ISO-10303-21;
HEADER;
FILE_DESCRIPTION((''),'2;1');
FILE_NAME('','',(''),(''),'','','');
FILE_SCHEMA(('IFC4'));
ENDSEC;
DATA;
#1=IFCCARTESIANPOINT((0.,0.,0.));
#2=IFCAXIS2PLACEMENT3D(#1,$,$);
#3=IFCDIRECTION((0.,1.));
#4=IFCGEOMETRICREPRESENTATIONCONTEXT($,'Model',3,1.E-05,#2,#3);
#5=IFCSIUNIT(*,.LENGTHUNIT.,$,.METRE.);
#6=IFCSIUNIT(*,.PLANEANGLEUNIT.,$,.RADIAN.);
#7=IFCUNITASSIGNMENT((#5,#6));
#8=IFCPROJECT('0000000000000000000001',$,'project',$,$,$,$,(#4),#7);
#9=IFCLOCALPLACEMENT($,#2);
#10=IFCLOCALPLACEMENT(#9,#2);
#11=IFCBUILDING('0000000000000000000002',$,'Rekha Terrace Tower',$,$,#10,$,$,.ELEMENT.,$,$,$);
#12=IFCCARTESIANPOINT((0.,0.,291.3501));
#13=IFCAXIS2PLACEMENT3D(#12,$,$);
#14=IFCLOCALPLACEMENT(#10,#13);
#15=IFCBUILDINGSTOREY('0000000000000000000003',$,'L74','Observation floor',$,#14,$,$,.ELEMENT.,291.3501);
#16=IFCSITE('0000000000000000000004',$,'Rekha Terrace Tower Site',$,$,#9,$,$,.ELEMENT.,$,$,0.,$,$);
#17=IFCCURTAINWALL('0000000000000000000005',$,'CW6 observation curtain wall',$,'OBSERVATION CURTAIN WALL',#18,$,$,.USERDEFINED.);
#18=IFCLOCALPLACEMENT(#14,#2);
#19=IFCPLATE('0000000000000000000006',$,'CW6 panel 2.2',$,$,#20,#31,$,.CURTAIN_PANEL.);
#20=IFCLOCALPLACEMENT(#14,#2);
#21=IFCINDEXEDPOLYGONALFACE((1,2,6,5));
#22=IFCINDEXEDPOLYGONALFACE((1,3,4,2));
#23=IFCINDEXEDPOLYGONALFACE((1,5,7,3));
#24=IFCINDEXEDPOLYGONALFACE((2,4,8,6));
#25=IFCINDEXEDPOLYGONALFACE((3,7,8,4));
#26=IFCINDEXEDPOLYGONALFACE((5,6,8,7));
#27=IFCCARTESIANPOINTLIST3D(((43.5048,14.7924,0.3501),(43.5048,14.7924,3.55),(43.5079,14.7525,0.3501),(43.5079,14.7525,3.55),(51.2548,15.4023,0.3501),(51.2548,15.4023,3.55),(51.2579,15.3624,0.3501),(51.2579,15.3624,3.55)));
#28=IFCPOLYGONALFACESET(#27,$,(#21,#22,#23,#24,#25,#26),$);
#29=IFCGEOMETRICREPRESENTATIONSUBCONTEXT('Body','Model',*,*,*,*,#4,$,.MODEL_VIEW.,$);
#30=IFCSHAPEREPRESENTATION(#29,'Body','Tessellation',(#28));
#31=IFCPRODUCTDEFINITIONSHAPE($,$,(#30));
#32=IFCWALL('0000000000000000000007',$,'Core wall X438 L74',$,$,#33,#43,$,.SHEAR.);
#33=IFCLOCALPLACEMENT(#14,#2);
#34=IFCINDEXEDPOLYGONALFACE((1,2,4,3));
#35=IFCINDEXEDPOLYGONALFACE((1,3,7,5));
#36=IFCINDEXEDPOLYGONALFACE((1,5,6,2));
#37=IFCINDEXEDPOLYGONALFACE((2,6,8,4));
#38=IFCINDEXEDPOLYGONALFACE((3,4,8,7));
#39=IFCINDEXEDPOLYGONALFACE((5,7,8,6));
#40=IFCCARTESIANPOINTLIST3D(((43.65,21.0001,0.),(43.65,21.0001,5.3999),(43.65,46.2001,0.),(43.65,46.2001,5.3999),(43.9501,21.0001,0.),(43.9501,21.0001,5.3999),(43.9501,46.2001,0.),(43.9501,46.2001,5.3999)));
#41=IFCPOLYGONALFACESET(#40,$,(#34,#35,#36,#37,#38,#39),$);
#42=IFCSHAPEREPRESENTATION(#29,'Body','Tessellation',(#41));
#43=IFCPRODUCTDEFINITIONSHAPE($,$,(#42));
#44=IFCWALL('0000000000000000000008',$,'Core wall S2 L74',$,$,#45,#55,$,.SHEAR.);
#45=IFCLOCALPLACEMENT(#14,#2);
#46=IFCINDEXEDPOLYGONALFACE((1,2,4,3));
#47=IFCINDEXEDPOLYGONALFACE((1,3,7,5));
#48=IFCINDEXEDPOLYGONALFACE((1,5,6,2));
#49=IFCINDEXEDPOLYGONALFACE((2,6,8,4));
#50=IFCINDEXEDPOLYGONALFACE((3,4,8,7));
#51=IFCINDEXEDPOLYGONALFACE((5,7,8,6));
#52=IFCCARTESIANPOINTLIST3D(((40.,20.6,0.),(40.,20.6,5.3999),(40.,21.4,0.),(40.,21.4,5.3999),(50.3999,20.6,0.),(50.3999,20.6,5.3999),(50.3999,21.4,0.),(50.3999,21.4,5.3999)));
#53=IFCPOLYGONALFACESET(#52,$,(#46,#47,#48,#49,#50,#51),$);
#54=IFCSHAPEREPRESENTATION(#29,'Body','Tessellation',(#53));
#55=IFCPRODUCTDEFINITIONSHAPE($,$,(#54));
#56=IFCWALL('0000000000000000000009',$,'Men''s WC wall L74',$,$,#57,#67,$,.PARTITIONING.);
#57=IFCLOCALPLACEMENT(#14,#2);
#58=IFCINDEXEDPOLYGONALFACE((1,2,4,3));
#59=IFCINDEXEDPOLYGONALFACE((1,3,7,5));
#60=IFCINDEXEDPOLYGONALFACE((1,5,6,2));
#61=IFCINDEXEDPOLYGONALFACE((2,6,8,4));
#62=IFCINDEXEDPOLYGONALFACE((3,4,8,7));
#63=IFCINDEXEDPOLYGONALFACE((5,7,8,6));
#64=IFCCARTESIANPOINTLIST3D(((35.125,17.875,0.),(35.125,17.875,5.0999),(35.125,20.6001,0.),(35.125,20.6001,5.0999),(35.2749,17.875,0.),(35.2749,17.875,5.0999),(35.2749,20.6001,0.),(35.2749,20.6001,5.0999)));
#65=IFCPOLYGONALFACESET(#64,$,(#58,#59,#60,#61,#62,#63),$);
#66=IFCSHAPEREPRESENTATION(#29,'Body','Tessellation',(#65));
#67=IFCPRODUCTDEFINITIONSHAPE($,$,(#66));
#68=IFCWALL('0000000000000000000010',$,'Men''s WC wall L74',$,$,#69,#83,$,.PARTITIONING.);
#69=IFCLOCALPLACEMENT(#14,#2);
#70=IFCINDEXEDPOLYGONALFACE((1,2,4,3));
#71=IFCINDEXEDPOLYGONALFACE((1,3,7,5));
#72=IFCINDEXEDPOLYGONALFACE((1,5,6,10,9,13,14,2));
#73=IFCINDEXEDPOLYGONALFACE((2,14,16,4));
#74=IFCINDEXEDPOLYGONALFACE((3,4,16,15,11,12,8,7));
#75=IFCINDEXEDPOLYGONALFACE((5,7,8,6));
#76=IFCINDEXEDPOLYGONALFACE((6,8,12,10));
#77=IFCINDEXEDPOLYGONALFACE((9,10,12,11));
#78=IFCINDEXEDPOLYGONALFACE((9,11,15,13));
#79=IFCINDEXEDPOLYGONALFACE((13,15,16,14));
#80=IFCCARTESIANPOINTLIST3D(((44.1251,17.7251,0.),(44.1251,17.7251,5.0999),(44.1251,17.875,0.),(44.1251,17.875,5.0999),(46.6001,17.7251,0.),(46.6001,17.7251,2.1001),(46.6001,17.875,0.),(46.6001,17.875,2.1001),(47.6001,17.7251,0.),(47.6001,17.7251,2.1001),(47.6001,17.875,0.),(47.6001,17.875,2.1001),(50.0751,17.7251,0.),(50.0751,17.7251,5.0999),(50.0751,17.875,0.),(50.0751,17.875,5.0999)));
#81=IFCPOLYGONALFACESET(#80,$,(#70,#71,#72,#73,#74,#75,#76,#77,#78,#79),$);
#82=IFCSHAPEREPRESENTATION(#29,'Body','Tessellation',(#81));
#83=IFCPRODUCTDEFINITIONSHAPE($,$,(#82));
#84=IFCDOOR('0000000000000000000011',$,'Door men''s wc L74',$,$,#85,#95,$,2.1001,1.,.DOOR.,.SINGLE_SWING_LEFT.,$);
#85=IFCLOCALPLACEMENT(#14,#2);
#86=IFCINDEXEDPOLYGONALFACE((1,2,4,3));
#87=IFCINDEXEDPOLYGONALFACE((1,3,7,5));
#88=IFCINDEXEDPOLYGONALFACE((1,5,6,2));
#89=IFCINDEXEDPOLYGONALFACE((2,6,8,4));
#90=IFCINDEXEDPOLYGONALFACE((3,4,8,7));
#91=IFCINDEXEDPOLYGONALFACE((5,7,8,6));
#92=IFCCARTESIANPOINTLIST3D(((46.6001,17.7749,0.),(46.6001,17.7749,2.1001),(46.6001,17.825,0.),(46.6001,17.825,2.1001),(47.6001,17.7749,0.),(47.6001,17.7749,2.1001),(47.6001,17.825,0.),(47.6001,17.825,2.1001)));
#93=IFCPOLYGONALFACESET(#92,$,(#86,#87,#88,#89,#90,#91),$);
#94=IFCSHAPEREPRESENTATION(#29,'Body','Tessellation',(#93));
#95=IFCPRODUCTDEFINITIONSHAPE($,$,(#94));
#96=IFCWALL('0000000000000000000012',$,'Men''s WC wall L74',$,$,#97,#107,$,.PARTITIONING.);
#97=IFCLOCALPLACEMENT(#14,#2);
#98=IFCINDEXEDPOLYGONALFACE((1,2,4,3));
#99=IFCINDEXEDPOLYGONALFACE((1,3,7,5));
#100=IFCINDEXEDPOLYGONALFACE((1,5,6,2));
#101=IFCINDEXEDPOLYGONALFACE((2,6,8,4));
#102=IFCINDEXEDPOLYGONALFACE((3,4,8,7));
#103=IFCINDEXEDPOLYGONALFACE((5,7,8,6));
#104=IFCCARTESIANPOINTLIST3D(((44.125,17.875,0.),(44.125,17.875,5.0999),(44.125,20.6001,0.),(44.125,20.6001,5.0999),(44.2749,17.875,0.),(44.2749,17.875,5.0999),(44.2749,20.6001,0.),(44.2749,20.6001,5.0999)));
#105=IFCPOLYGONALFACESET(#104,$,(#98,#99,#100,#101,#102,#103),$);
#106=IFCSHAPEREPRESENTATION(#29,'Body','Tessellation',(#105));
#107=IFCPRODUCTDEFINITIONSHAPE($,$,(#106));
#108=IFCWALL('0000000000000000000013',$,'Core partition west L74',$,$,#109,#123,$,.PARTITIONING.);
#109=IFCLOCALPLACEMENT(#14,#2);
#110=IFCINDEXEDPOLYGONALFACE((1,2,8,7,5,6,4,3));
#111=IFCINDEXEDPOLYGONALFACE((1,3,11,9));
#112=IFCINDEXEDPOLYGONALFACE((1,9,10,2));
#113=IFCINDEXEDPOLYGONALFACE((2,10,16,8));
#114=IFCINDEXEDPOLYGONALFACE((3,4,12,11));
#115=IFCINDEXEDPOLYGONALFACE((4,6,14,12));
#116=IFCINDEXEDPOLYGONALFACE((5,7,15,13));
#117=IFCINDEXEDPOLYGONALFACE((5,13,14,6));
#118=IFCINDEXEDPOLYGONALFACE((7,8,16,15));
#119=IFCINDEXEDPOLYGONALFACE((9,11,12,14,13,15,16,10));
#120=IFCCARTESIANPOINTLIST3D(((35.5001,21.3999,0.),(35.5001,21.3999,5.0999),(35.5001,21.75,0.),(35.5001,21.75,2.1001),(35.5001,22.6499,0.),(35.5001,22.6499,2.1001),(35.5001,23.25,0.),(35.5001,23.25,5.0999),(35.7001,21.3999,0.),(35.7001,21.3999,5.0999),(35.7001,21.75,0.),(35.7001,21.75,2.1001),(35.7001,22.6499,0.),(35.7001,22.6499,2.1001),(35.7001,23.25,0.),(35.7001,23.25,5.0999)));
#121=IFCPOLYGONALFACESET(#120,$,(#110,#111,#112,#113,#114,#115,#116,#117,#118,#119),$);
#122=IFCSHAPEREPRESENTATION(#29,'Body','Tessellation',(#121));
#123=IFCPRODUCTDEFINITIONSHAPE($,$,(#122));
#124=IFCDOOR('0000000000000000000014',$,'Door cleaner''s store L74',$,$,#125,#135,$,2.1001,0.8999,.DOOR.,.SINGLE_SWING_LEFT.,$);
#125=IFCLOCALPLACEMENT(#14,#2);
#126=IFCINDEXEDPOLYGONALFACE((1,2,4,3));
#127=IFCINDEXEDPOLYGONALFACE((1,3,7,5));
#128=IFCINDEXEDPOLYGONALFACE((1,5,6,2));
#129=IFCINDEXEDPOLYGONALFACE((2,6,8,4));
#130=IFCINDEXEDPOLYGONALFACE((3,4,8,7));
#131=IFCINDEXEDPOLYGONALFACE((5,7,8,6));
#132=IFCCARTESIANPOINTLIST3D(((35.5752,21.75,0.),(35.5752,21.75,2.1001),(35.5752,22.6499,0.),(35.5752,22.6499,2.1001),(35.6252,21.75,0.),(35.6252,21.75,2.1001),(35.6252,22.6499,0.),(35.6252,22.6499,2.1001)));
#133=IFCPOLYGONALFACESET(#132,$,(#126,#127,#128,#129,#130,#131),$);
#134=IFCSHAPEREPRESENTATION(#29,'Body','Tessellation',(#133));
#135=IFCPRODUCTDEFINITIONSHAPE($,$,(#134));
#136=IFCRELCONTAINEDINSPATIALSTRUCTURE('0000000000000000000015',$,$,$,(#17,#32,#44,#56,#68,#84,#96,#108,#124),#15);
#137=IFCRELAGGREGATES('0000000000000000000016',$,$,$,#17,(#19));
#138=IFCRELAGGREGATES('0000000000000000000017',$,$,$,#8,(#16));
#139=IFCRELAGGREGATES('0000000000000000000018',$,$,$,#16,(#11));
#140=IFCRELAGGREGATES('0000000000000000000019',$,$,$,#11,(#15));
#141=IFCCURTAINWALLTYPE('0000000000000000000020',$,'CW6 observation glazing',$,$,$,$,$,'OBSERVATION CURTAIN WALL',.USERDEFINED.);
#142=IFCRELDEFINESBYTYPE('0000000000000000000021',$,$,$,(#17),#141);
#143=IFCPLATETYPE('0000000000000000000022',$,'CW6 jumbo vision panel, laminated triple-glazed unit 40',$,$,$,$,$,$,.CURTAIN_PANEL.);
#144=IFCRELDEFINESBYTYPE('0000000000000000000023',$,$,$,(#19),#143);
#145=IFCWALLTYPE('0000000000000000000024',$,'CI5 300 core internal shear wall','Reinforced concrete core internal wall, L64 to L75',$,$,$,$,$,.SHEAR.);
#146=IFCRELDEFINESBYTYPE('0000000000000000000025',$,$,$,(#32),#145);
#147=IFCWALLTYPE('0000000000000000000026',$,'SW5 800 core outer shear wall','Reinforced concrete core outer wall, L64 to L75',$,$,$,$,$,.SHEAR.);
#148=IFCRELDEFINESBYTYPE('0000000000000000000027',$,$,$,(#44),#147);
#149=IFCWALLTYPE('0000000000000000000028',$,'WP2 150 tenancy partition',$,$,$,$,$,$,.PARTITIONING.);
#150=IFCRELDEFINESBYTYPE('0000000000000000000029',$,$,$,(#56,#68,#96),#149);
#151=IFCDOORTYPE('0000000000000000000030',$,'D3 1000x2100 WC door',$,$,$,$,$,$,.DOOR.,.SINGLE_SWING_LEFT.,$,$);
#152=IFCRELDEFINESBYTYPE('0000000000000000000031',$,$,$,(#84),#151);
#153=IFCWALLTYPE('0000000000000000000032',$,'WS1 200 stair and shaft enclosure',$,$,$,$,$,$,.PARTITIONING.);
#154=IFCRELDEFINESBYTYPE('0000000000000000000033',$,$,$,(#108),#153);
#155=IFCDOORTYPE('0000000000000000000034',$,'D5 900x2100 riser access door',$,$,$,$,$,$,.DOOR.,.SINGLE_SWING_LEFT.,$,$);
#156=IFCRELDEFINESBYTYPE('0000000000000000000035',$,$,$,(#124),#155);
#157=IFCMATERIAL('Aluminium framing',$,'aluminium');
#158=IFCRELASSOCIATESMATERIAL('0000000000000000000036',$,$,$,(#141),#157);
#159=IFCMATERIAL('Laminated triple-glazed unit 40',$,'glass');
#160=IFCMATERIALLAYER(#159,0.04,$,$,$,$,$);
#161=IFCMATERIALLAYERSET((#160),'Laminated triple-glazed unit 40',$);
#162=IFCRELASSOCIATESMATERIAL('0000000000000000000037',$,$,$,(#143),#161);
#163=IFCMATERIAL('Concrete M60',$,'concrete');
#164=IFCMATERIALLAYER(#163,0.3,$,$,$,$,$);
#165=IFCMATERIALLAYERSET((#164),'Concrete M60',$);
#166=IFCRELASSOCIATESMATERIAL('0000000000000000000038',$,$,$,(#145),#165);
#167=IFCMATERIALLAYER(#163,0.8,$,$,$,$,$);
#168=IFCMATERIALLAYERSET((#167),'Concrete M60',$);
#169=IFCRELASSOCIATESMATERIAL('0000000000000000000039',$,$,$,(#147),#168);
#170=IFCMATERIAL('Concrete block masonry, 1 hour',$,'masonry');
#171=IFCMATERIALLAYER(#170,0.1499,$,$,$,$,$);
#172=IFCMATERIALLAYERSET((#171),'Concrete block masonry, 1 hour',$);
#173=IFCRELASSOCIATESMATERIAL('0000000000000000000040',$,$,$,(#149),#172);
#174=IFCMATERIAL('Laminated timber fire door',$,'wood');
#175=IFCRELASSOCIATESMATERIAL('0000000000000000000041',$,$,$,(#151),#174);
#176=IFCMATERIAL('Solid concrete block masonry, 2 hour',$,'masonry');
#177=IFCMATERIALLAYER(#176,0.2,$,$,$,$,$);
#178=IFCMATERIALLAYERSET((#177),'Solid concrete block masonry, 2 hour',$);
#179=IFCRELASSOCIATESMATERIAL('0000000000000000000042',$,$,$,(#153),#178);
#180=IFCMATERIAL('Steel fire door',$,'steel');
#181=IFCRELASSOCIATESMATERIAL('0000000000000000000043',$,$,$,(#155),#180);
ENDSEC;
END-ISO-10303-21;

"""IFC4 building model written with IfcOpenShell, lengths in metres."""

from ifc_helpers import new_model, si_unit, direction, frame, frame_2d, origin, origin_2d, place, context, subcontext, project, spatial, rectangle, extrude, material, layer, layer_set, type_object, element, fill, aggregate, save


model = new_model("IFC4")

# Units and contexts
model_context = context("Model", 3, precision=1e-05, world=origin(), true_north=direction((0.0, 1.0)))
body_context = subcontext(model_context, "Body", "Model", "MODEL_VIEW")
ifc_project = project(units=[si_unit("LENGTHUNIT", "METRE"), si_unit("PLANEANGLEUNIT", "RADIAN")], contexts=[model_context])

# Site, building, storey
site_placement = place(None, origin())
site = spatial("IfcSite", under=ifc_project, at=site_placement, Name="Rekha Terrace Tower Site", CompositionType="ELEMENT", RefElevation=0.0)
building_placement = place(site_placement, origin())
building = spatial("IfcBuilding", under=site, at=building_placement, Name="Rekha Terrace Tower", CompositionType="ELEMENT")
storey_placement = place(building_placement, frame((0.0, 0.0, 291.3501)))
storey = spatial("IfcBuildingStorey", under=building, at=storey_placement, Name="L74", Description="Observation floor", CompositionType="ELEMENT", Elevation=291.3501)

# Curtain wall
ifc_material_1 = material(Name="Aluminium framing", Category="aluminium")
curtain_wall_type = type_object("IfcCurtainWallType", Name="CW6 observation glazing", ElementType="OBSERVATION CURTAIN WALL", PredefinedType="USERDEFINED", material=ifc_material_1)
curtain_wall_placement = place(storey_placement, origin())
curtain_wall = element("IfcCurtainWall", 1, at=curtain_wall_placement, inside=storey, type_object=curtain_wall_type, Name="CW6 observation curtain wall", ObjectType="OBSERVATION CURTAIN WALL", PredefinedType="USERDEFINED")

# Shared definitions
ifc_material_2 = material(Name="Concrete M60", Category="concrete")

# Plate
ifc_material_3 = material(Name="Laminated triple-glazed unit 40", Category="glass")
ifc_layer_1 = layer(ifc_material_3, 0.04)
ifc_layer_set_1 = layer_set([ifc_layer_1], Name="Laminated triple-glazed unit 40")
plate_type = type_object("IfcPlateType", Name="CW6 jumbo vision panel, laminated triple-glazed unit 40", PredefinedType="CURTAIN_PANEL", material=ifc_layer_set_1)
plate_1_placement = place(storey_placement, frame((47.3813, 15.0774, 0.3501), z_axis=(0.0, 0.0, 1.0), x_axis=(0.996918, 0.078449, 0.0)))
plate_1 = element("IfcPlate", 2, at=plate_1_placement, type_object=plate_type, Name="CW6 panel 2.2", PredefinedType="CURTAIN_PANEL", context=body_context, shape_type="SweptSolid", body=[
    extrude(rectangle(XDim=7.7739, YDim=0.04, at=origin_2d()), origin(), (0.0, 0.0, 1.0), 3.2),
])
aggregate(curtain_wall, [plate_1])

# Walls
ifc_layer_2 = layer(ifc_material_2, 0.3)
ifc_layer_set_2 = layer_set([ifc_layer_2], Name="Concrete M60")
wall_type_1 = type_object("IfcWallType", Name="CI5 300 core internal shear wall", Description="Reinforced concrete core internal wall, L64 to L75", PredefinedType="SHEAR", material=ifc_layer_set_2)
wall_1_placement = place(storey_placement, frame((43.8, 21.0, 0.0), z_axis=(0.0, 0.0, 1.0), x_axis=(0.0, 1.0, 0.0)))
element("IfcWall", 3, at=wall_1_placement, inside=storey, type_object=wall_type_1, Name="Core wall X438 L74", PredefinedType="SHEAR", context=body_context, shape_type="SweptSolid", body=[
    extrude(rectangle(XDim=25.2, YDim=0.3, at=frame_2d((12.6001, 0.0))), origin(), (0.0, 0.0, 1.0), 5.3999),
])
ifc_layer_3 = layer(ifc_material_2, 0.8)
ifc_layer_set_3 = layer_set([ifc_layer_3], Name="Concrete M60")
wall_type_2 = type_object("IfcWallType", Name="SW5 800 core outer shear wall", Description="Reinforced concrete core outer wall, L64 to L75", PredefinedType="SHEAR", material=ifc_layer_set_3)
wall_2_placement = place(storey_placement, frame((40.0, 21.0, 0.0), z_axis=(0.0, 0.0, 1.0), x_axis=(1.0, 0.0, 0.0)))
element("IfcWall", 4, at=wall_2_placement, inside=storey, type_object=wall_type_2, Name="Core wall S2 L74", PredefinedType="SHEAR", context=body_context, shape_type="SweptSolid", body=[
    extrude(rectangle(XDim=10.3999, YDim=0.8, at=frame_2d((5.2, 0.0))), origin(), (0.0, 0.0, 1.0), 5.3999),
])
ifc_material_4 = material(Name="Concrete block masonry, 1 hour", Category="masonry")
ifc_layer_4 = layer(ifc_material_4, 0.1499)
ifc_layer_set_4 = layer_set([ifc_layer_4], Name="Concrete block masonry, 1 hour")
wall_type_3 = type_object("IfcWallType", Name="WP2 150 tenancy partition", PredefinedType="PARTITIONING", material=ifc_layer_set_4)
wall_3_placement = place(storey_placement, frame((35.2, 17.875, 0.0), z_axis=(0.0, 0.0, 1.0), x_axis=(0.0, 1.0, 0.0)))
element("IfcWall", 5, at=wall_3_placement, inside=storey, type_object=wall_type_3, Name="Men's WC wall L74", PredefinedType="PARTITIONING", context=body_context, shape_type="SweptSolid", body=[
    extrude(rectangle(XDim=2.7251, YDim=0.1499, at=frame_2d((1.3625, 0.0))), origin(), (0.0, 0.0, 1.0), 5.0999),
])

# Wall, opening, door
wall_4_placement = place(storey_placement, frame((44.125, 17.8, 0.0), z_axis=(0.0, 0.0, 1.0), x_axis=(1.0, 0.0, 0.0)))
wall_4 = element("IfcWall", 6, at=wall_4_placement, inside=storey, type_object=wall_type_3, Name="Men's WC wall L74", PredefinedType="PARTITIONING", context=body_context, shape_type="SweptSolid", body=[
    extrude(rectangle(XDim=5.95, YDim=0.1499, at=frame_2d((2.9751, 0.0))), origin(), (0.0, 0.0, 1.0), 5.0999),
])
opening_1_placement = place(wall_4_placement, frame((2.4751, 0.0, 0.0)))
opening_1 = element("IfcOpeningElement", 7, at=opening_1_placement, cuts=wall_4, PredefinedType="OPENING", context=body_context, shape_type="SweptSolid", body=[
    extrude(rectangle(XDim=1.0, YDim=2.1001, at=frame_2d((0.5, 1.05))), frame((0.0, 0.085, 0.0), z_axis=(0.0, -1.0, 0.0), x_axis=(1.0, 0.0, 0.0)), (0.0, 0.0, 1.0), 0.1699),
])
ifc_material_5 = material(Name="Laminated timber fire door", Category="wood")
door_type_1 = type_object("IfcDoorType", Name="D3 1000x2100 WC door", OperationType="SINGLE_SWING_LEFT", PredefinedType="DOOR", material=ifc_material_5)
door_1_placement = place(opening_1_placement, origin())
door_1 = element("IfcDoor", 8, at=door_1_placement, inside=storey, type_object=door_type_1, Name="Door men's wc L74", OperationType="SINGLE_SWING_LEFT", OverallHeight=2.1001, OverallWidth=1.0, PredefinedType="DOOR", context=body_context, shape_type="SweptSolid", body=[
    extrude(rectangle(XDim=1.0, YDim=2.1001, at=frame_2d((0.5, 1.05))), frame((0.0, 0.0249, 0.0), z_axis=(0.0, -1.0, 0.0), x_axis=(1.0, 0.0, 0.0)), (0.0, 0.0, 1.0), 0.05),
])
fill(opening_1, door_1)

# Wall
wall_5_placement = place(storey_placement, frame((44.2, 17.875, 0.0), z_axis=(0.0, 0.0, 1.0), x_axis=(0.0, 1.0, 0.0)))
element("IfcWall", 9, at=wall_5_placement, inside=storey, type_object=wall_type_3, Name="Men's WC wall L74", PredefinedType="PARTITIONING", context=body_context, shape_type="SweptSolid", body=[
    extrude(rectangle(XDim=2.7251, YDim=0.1499, at=frame_2d((1.3625, 0.0))), origin(), (0.0, 0.0, 1.0), 5.0999),
])

# Wall, opening, door
ifc_material_6 = material(Name="Solid concrete block masonry, 2 hour", Category="masonry")
ifc_layer_5 = layer(ifc_material_6, 0.2)
ifc_layer_set_5 = layer_set([ifc_layer_5], Name="Solid concrete block masonry, 2 hour")
wall_type_4 = type_object("IfcWallType", Name="WS1 200 stair and shaft enclosure", PredefinedType="PARTITIONING", material=ifc_layer_set_5)
wall_6_placement = place(storey_placement, frame((35.6001, 21.3999, 0.0), z_axis=(0.0, 0.0, 1.0), x_axis=(0.0, 1.0, 0.0)))
wall_6 = element("IfcWall", 10, at=wall_6_placement, inside=storey, type_object=wall_type_4, Name="Core partition west L74", PredefinedType="PARTITIONING", context=body_context, shape_type="SweptSolid", body=[
    extrude(rectangle(XDim=1.8501, YDim=0.2, at=frame_2d((0.925, 0.0))), origin(), (0.0, 0.0, 1.0), 5.0999),
])
opening_2_placement = place(wall_6_placement, frame((0.3501, 0.0, 0.0)))
opening_2 = element("IfcOpeningElement", 11, at=opening_2_placement, cuts=wall_6, PredefinedType="OPENING", context=body_context, shape_type="SweptSolid", body=[
    extrude(rectangle(XDim=0.8999, YDim=2.1001, at=frame_2d((0.45, 1.05))), frame((0.0, 0.1099, 0.0), z_axis=(0.0, -1.0, 0.0), x_axis=(1.0, 0.0, 0.0)), (0.0, 0.0, 1.0), 0.22),
])
ifc_material_7 = material(Name="Steel fire door", Category="steel")
door_type_2 = type_object("IfcDoorType", Name="D5 900x2100 riser access door", OperationType="SINGLE_SWING_LEFT", PredefinedType="DOOR", material=ifc_material_7)
door_2_placement = place(opening_2_placement, origin())
door_2 = element("IfcDoor", 12, at=door_2_placement, inside=storey, type_object=door_type_2, Name="Door cleaner's store L74", OperationType="SINGLE_SWING_LEFT", OverallHeight=2.1001, OverallWidth=0.8999, PredefinedType="DOOR", context=body_context, shape_type="SweptSolid", body=[
    extrude(rectangle(XDim=0.8999, YDim=2.1001, at=frame_2d((0.45, 1.05))), frame((0.0, 0.0249, 0.0), z_axis=(0.0, -1.0, 0.0), x_axis=(1.0, 0.0, 0.0)), (0.0, 0.0, 1.0), 0.05),
])
fill(opening_2, door_2)

save(model, "model.ifc")
